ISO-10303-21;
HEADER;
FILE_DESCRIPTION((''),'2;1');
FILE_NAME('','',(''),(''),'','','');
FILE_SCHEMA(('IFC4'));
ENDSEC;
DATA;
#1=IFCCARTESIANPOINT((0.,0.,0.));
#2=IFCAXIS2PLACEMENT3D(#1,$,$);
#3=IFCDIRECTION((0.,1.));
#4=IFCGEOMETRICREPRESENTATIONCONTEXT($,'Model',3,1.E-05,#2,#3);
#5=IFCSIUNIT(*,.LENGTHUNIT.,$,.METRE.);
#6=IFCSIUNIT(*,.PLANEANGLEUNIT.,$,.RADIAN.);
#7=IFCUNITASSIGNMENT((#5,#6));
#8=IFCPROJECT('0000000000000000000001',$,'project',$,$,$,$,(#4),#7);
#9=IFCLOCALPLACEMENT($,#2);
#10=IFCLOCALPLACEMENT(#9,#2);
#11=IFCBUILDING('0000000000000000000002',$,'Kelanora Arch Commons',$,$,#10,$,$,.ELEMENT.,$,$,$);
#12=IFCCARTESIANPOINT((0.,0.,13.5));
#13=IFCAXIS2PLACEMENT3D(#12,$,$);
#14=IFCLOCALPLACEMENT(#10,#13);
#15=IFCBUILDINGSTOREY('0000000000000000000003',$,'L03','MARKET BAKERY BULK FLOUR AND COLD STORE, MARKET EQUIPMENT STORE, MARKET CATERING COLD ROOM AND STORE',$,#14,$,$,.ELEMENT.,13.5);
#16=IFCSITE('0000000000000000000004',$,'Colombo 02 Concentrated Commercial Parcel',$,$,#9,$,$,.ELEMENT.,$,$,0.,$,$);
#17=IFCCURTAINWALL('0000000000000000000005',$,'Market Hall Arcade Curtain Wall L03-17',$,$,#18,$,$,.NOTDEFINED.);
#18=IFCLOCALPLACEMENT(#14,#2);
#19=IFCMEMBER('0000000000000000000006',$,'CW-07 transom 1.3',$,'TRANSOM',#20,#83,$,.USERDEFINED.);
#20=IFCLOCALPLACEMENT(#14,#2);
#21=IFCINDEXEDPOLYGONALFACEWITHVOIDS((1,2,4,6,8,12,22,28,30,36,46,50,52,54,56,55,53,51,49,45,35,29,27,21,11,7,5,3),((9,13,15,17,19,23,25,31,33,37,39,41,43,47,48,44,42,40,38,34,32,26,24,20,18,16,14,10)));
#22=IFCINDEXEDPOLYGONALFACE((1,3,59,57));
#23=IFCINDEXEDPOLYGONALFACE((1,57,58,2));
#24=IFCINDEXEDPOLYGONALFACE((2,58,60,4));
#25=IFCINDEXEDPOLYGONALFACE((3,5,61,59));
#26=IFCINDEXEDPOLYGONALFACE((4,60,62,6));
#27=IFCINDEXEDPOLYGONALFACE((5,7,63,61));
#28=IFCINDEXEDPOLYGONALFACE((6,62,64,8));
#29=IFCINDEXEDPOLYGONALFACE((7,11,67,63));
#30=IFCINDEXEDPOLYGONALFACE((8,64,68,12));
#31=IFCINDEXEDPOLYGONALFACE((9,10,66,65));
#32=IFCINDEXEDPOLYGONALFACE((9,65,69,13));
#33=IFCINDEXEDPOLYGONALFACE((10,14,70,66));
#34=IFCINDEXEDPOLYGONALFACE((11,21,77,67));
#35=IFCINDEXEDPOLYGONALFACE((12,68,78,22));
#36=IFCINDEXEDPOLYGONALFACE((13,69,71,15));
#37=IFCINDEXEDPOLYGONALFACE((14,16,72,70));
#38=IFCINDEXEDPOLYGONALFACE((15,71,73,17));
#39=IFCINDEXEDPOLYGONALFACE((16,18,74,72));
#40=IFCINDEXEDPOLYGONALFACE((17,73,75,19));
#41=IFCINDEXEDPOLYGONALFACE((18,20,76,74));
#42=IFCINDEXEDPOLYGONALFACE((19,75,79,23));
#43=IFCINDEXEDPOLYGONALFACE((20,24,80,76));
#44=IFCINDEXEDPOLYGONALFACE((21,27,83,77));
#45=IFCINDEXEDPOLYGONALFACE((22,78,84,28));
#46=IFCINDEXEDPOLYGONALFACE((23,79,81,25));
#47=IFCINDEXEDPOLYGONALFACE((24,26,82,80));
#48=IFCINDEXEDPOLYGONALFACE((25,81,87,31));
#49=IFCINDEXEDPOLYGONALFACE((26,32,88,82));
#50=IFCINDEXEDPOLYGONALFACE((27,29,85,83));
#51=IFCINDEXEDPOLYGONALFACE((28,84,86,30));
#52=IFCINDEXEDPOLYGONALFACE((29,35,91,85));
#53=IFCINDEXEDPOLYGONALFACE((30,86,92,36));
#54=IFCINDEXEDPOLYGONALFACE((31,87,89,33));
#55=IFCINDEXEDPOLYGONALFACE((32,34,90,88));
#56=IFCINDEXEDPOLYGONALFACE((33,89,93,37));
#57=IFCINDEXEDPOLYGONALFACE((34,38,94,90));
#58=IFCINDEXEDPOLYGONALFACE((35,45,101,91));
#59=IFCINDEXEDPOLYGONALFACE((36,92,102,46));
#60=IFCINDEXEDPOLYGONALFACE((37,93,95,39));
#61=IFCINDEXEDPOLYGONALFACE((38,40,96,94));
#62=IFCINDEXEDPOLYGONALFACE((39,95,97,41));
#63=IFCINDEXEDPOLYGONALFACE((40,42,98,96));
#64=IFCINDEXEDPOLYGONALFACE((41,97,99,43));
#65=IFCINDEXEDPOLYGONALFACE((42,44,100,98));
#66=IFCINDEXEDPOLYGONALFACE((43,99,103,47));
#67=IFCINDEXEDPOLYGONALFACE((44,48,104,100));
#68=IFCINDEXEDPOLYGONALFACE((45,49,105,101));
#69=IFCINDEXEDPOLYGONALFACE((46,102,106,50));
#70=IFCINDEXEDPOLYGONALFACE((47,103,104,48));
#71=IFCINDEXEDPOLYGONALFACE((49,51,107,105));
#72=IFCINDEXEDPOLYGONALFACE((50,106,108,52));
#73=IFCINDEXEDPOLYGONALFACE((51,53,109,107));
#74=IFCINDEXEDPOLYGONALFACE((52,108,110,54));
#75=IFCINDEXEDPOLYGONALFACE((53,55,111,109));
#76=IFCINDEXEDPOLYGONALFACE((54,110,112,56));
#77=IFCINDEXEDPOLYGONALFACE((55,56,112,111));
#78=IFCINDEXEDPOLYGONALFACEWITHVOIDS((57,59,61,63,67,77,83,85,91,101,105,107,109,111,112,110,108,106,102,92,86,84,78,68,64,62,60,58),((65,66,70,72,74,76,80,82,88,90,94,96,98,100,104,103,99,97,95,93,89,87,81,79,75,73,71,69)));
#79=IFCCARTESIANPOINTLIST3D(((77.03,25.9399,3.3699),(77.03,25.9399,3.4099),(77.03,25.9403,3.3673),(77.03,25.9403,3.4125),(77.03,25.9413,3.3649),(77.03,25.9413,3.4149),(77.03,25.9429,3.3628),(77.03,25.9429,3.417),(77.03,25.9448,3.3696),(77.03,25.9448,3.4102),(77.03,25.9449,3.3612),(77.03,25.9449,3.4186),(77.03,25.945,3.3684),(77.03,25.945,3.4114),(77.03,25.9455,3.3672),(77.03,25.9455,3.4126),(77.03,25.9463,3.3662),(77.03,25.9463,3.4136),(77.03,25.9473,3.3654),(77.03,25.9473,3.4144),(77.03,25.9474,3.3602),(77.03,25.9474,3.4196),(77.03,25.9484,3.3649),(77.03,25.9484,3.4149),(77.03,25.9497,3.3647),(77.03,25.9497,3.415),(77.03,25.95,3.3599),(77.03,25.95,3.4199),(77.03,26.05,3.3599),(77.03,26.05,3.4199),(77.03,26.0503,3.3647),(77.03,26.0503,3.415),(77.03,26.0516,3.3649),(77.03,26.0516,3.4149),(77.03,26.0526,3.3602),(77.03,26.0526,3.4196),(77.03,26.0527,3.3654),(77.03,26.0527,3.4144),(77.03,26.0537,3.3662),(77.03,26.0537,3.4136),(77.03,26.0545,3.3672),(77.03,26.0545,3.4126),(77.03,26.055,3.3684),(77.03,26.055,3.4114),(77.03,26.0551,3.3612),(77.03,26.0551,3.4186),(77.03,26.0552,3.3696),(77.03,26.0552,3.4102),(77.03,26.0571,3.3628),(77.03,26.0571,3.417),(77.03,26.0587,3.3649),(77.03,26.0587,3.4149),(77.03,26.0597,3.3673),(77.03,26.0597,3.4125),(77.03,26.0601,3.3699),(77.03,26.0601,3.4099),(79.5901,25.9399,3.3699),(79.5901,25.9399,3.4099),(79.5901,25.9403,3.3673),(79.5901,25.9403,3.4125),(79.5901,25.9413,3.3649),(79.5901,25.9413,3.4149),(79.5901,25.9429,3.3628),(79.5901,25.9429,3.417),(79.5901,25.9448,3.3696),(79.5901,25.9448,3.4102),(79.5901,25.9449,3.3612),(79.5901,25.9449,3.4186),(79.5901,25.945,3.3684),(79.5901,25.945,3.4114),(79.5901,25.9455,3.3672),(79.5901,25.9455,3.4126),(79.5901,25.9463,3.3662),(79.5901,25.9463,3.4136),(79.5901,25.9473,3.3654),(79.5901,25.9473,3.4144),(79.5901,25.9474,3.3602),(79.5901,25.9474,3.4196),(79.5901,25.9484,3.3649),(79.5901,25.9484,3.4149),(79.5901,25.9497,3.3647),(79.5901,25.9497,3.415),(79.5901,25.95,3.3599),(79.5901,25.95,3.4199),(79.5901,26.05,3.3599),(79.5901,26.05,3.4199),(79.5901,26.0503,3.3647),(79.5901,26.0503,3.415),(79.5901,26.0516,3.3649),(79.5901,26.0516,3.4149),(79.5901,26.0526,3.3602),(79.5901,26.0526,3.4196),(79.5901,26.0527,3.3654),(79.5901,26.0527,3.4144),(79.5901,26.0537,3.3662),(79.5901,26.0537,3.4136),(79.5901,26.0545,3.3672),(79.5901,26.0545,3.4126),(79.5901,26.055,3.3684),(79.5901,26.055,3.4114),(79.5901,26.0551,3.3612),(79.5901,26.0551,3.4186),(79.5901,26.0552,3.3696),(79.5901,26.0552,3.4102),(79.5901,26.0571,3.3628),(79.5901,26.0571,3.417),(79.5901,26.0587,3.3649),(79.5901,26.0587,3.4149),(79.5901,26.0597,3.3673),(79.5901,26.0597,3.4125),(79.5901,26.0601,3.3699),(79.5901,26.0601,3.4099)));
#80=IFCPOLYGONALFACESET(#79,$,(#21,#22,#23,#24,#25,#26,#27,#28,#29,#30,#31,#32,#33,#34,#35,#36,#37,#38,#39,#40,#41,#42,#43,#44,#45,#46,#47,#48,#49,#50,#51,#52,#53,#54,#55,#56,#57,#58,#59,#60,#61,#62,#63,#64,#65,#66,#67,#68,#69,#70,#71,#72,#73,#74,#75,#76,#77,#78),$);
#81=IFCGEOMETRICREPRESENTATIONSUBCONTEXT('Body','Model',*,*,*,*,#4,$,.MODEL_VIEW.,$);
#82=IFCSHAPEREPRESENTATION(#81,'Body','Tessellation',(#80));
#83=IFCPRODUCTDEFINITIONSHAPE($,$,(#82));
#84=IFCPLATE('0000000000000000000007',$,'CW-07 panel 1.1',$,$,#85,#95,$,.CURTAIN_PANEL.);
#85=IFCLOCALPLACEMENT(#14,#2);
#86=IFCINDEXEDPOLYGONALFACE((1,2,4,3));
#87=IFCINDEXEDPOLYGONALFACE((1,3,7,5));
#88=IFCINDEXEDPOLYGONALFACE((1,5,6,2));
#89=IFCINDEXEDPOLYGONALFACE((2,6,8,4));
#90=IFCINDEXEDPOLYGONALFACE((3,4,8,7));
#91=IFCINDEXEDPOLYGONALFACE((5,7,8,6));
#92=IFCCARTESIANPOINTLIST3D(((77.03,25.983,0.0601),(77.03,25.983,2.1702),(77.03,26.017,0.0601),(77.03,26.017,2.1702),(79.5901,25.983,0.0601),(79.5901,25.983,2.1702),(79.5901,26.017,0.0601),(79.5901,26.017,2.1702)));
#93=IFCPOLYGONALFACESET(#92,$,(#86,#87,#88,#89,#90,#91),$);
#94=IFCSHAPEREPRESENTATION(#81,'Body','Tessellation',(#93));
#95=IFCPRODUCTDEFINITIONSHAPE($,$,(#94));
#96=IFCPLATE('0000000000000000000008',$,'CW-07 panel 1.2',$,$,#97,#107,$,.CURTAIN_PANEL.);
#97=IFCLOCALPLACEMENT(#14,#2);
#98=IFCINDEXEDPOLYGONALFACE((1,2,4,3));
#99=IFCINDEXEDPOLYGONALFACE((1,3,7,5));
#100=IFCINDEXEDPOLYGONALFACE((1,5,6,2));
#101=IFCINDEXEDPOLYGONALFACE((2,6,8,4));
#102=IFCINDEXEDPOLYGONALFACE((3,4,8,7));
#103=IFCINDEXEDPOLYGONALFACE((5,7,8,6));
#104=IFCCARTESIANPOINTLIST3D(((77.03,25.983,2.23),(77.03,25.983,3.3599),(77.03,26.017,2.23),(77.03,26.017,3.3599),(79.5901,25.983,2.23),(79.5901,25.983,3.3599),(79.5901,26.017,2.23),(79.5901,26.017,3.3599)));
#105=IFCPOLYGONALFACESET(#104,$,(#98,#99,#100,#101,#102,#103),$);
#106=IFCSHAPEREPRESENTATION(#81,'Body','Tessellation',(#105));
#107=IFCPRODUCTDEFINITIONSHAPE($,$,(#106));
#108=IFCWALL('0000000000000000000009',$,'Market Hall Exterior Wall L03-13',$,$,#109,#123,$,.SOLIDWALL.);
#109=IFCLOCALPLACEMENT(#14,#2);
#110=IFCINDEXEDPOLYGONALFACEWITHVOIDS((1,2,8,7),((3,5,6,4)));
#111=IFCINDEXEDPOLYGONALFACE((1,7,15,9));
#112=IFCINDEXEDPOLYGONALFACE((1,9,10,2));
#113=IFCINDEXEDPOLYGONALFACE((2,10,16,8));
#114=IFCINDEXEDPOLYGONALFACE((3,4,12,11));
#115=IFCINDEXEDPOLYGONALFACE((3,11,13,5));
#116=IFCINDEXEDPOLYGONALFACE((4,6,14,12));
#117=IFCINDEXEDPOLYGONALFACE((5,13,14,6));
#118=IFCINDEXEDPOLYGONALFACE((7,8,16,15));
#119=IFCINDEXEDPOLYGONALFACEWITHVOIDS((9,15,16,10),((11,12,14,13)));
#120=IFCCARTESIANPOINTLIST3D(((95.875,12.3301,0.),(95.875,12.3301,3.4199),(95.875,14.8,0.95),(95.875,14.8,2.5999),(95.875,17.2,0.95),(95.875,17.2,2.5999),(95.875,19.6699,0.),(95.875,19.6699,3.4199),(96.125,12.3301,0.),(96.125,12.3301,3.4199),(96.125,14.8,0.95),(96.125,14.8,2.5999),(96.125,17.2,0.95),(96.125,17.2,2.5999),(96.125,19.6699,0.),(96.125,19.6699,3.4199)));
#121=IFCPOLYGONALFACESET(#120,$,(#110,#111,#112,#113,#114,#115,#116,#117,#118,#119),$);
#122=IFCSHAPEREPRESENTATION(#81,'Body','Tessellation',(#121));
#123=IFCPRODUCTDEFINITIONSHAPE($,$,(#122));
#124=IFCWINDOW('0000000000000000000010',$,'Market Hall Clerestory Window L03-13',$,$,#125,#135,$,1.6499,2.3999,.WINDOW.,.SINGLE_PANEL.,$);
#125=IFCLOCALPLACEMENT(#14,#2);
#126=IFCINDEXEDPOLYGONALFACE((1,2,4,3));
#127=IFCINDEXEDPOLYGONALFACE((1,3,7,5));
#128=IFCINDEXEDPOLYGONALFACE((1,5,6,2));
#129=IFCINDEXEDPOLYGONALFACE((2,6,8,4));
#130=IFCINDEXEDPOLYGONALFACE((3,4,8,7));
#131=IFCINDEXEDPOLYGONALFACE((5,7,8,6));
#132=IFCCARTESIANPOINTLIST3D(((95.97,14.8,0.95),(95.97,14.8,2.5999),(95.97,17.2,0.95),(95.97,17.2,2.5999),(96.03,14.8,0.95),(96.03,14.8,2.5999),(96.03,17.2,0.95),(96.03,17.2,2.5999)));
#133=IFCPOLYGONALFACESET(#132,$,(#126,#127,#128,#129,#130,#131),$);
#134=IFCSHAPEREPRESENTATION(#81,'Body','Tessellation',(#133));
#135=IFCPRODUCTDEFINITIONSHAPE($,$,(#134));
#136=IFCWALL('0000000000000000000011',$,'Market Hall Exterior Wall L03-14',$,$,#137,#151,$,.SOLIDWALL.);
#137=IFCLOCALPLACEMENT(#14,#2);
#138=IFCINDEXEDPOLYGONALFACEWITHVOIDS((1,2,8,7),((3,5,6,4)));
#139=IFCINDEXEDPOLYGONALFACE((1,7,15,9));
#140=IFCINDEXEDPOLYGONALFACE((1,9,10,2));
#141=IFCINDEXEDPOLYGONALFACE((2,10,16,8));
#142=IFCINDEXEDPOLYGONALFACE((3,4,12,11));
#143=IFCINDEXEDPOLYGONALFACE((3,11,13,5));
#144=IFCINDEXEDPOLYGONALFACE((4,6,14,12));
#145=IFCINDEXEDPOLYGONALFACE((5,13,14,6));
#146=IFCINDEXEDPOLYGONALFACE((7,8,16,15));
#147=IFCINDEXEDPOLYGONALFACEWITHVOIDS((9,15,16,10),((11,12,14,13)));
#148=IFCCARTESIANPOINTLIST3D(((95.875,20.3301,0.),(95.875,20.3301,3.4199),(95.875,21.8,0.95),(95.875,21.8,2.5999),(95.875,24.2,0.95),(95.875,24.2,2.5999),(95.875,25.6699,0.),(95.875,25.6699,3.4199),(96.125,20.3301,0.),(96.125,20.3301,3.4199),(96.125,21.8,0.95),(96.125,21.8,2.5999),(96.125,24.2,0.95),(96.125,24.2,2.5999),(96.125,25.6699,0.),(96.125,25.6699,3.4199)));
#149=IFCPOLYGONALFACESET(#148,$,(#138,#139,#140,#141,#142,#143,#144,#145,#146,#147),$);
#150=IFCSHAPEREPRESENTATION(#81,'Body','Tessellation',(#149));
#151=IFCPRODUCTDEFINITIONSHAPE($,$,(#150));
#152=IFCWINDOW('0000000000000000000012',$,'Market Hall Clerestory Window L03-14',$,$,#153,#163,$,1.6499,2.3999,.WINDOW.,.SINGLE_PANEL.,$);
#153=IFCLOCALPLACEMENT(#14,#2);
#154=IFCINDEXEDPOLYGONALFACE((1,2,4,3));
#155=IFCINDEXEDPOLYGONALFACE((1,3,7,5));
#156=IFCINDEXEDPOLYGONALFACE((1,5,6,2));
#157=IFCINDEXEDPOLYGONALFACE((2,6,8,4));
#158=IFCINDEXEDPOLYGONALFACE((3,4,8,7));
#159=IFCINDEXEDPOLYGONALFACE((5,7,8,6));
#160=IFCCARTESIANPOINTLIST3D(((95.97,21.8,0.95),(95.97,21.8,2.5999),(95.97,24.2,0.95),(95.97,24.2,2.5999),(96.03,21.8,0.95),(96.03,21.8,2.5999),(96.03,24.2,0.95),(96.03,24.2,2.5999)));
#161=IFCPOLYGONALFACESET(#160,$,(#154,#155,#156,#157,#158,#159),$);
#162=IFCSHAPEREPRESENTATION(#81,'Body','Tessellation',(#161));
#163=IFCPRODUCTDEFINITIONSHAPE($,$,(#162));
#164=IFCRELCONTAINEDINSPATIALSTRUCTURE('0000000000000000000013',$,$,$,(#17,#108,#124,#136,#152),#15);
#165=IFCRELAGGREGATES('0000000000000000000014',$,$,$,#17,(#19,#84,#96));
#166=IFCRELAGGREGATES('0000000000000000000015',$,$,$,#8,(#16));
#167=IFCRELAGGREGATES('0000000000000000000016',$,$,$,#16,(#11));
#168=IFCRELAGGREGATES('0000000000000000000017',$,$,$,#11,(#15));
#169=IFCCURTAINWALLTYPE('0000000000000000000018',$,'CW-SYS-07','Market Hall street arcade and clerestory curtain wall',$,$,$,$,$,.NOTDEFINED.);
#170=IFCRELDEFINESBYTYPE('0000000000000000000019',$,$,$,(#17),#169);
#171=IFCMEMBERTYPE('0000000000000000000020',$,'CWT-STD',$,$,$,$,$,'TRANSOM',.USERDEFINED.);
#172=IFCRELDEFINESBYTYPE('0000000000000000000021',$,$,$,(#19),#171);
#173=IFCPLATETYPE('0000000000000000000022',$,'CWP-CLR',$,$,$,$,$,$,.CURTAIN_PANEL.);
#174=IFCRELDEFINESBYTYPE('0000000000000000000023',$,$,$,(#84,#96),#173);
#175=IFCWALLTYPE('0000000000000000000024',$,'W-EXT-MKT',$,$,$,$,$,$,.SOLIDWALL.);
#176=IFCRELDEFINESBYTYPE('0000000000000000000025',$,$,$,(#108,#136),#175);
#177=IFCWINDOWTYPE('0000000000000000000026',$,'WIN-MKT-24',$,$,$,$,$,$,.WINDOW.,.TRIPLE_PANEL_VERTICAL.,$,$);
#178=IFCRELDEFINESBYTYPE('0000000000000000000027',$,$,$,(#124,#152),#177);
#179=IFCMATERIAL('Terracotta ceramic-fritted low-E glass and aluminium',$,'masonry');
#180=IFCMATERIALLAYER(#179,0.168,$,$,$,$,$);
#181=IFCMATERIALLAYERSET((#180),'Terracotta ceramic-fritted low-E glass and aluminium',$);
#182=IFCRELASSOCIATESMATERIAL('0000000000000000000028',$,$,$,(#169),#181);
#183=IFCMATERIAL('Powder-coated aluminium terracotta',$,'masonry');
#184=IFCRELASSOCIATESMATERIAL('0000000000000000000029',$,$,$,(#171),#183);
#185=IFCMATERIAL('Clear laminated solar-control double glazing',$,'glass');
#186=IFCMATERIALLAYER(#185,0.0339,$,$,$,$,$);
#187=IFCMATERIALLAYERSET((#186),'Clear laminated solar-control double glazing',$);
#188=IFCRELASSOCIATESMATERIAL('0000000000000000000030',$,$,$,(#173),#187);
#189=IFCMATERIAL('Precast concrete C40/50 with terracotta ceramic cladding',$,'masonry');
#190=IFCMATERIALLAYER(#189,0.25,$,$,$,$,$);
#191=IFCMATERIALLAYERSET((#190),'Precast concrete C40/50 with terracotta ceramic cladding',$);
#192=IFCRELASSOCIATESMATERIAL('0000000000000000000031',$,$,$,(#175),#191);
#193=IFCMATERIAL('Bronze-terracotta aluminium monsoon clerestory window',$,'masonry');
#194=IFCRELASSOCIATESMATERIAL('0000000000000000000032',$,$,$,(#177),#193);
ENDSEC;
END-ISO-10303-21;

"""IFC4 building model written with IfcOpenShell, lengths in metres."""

from ifc_helpers import new_model, si_unit, direction, frame, frame_2d, origin, origin_2d, place, context, subcontext, project, spatial, rectangle, hollow_rectangle, extrude, source, transform, mapped, material, layer, layer_set, material_profile, profile_set, type_object, element, fill, aggregate, save


model = new_model("IFC4")

# Units and contexts
model_context = context("Model", 3, precision=1e-05, world=origin(), true_north=direction((0.0, 1.0)))
body_context = subcontext(model_context, "Body", "Model", "MODEL_VIEW")
ifc_project = project(units=[si_unit("LENGTHUNIT", "METRE"), si_unit("PLANEANGLEUNIT", "RADIAN")], contexts=[model_context])

# Site, building, storey
site_placement = place(None, origin())
site = spatial("IfcSite", under=ifc_project, at=site_placement, Name="Colombo 02 Concentrated Commercial Parcel", CompositionType="ELEMENT", RefElevation=0.0)
building_placement = place(site_placement, origin())
building = spatial("IfcBuilding", under=site, at=building_placement, Name="Kelanora Arch Commons", CompositionType="ELEMENT")
storey_placement = place(building_placement, frame((0.0, 0.0, 13.5)))
storey = spatial("IfcBuildingStorey", under=building, at=storey_placement, Name="L03", Description="MARKET BAKERY BULK FLOUR AND COLD STORE, MARKET EQUIPMENT STORE, MARKET CATERING COLD ROOM AND STORE", CompositionType="ELEMENT", Elevation=13.5)

# Curtain wall, member, plates
ifc_material_1 = material(Name="Terracotta ceramic-fritted low-E glass and aluminium", Category="masonry")
ifc_layer_1 = layer(ifc_material_1, 0.168)
ifc_layer_set_1 = layer_set([ifc_layer_1], Name="Terracotta ceramic-fritted low-E glass and aluminium")
curtain_wall_type = type_object("IfcCurtainWallType", Name="CW-SYS-07", Description="Market Hall street arcade and clerestory curtain wall", PredefinedType="NOTDEFINED", material=ifc_layer_set_1)
curtain_wall_placement = place(storey_placement, origin())
curtain_wall = element("IfcCurtainWall", 1, at=curtain_wall_placement, inside=storey, type_object=curtain_wall_type, Name="Market Hall Arcade Curtain Wall L03-17", PredefinedType="NOTDEFINED")
ifc_material_2 = material(Name="Powder-coated aluminium terracotta", Category="masonry")
ifc_material_profile_1 = material_profile(ifc_material_2, hollow_rectangle(XDim=0.1201, YDim=0.0601, WallThickness=0.0049, InnerFilletRadius=0.0049, OuterFilletRadius=0.01, at=origin_2d()), Name="CWT120x60")
ifc_profile_set_1 = profile_set([ifc_material_profile_1], Name="Powder-coated aluminium terracotta")
member_type_1 = type_object("IfcMemberType", Name="CWT-STD", ElementType="TRANSOM", PredefinedType="USERDEFINED", material=ifc_profile_set_1)
member_1_placement = place(storey_placement, frame((79.5901, 26.0, 3.3899), z_axis=(-1.0, 0.0, 0.0), x_axis=(0.0, -1.0, 0.0)))
member_1 = element("IfcMember", 2, at=member_1_placement, type_object=member_type_1, Name="CW-07 transom 1.3", ObjectType="TRANSOM", PredefinedType="USERDEFINED", context=body_context, shape_type="SweptSolid", body=[
    extrude(hollow_rectangle(XDim=0.1201, YDim=0.0601, WallThickness=0.0049, InnerFilletRadius=0.0049, OuterFilletRadius=0.01, at=origin_2d()), origin(), (0.0, 0.0, 1.0), 2.5601),
])
ifc_material_3 = material(Name="Clear laminated solar-control double glazing", Category="glass")
ifc_layer_2 = layer(ifc_material_3, 0.0339)
ifc_layer_set_2 = layer_set([ifc_layer_2], Name="Clear laminated solar-control double glazing")
plate_type = type_object("IfcPlateType", Name="CWP-CLR", PredefinedType="CURTAIN_PANEL", material=ifc_layer_set_2)
shared_shape_1 = source(origin(), body_context, "Body", "SweptSolid", [
    extrude(rectangle(XDim=2.5601, YDim=0.0339, at=origin_2d()), origin(), (0.0, 0.0, 1.0), 2.1101),
])
plate_1_placement = place(storey_placement, frame((78.3101, 26.0, 0.0601), z_axis=(0.0, 0.0, 1.0), x_axis=(-1.0, 0.0, 0.0)))
plate_1 = element("IfcPlate", 3, at=plate_1_placement, type_object=plate_type, Name="CW-07 panel 1.1", PredefinedType="CURTAIN_PANEL", context=body_context, shape_type="MappedRepresentation", body=[
    mapped(shared_shape_1, transform((0.0, 0.0, 0.0), scale=1.0)),
])
shared_shape_2 = source(origin(), body_context, "Body", "SweptSolid", [
    extrude(rectangle(XDim=2.5601, YDim=0.0339, at=origin_2d()), origin(), (0.0, 0.0, 1.0), 1.1299),
])
plate_2_placement = place(storey_placement, frame((78.3101, 26.0, 2.23), z_axis=(0.0, 0.0, 1.0), x_axis=(-1.0, 0.0, 0.0)))
plate_2 = element("IfcPlate", 4, at=plate_2_placement, type_object=plate_type, Name="CW-07 panel 1.2", PredefinedType="CURTAIN_PANEL", context=body_context, shape_type="MappedRepresentation", body=[
    mapped(shared_shape_2, transform((0.0, 0.0, 0.0), scale=1.0)),
])
aggregate(curtain_wall, [member_1, plate_1, plate_2])

# Walls, openings, windows
ifc_material_4 = material(Name="Precast concrete C40/50 with terracotta ceramic cladding", Category="masonry")
ifc_layer_3 = layer(ifc_material_4, 0.25)
ifc_layer_set_3 = layer_set([ifc_layer_3], Name="Precast concrete C40/50 with terracotta ceramic cladding")
wall_type_1 = type_object("IfcWallType", Name="W-EXT-MKT", PredefinedType="SOLIDWALL", material=ifc_layer_set_3)
wall_1_placement = place(storey_placement, frame((96.0, 12.3301, 0.0), z_axis=(0.0, 0.0, 1.0), x_axis=(0.0, 1.0, 0.0)))
wall_1 = element("IfcWall", 5, at=wall_1_placement, inside=storey, type_object=wall_type_1, Name="Market Hall Exterior Wall L03-13", PredefinedType="SOLIDWALL", context=body_context, shape_type="SweptSolid", body=[
    extrude(rectangle(XDim=7.3398, YDim=0.25, at=frame_2d((3.6699, 0.0))), origin(), (0.0, 0.0, 1.0), 3.4199),
])
opening_1_placement = place(wall_1_placement, frame((2.47, 0.0, 0.95)))
opening_1 = element("IfcOpeningElement", 6, at=opening_1_placement, cuts=wall_1, PredefinedType="OPENING", context=body_context, shape_type="SweptSolid", body=[
    extrude(rectangle(XDim=2.3999, YDim=1.6499, at=frame_2d((1.2, 0.825))), frame((0.0, 0.135, 0.0), z_axis=(0.0, -1.0, 0.0), x_axis=(1.0, 0.0, 0.0)), (0.0, 0.0, 1.0), 0.27),
])
ifc_material_5 = material(Name="Bronze-terracotta aluminium monsoon clerestory window", Category="masonry")
window_type = type_object("IfcWindowType", Name="WIN-MKT-24", PartitioningType="TRIPLE_PANEL_VERTICAL", PredefinedType="WINDOW", material=ifc_material_5)
window_1_placement = place(opening_1_placement, origin())
window_1 = element("IfcWindow", 7, at=window_1_placement, inside=storey, type_object=window_type, Name="Market Hall Clerestory Window L03-13", OverallHeight=1.6499, OverallWidth=2.3999, PartitioningType="SINGLE_PANEL", PredefinedType="WINDOW", context=body_context, shape_type="SweptSolid", body=[
    extrude(rectangle(XDim=2.3999, YDim=1.6499, at=frame_2d((1.2, 0.825))), frame((0.0, 0.03, 0.0), z_axis=(0.0, -1.0, 0.0), x_axis=(1.0, 0.0, 0.0)), (0.0, 0.0, 1.0), 0.0601),
])
fill(opening_1, window_1)
wall_2_placement = place(storey_placement, frame((96.0, 20.3301, 0.0), z_axis=(0.0, 0.0, 1.0), x_axis=(0.0, 1.0, 0.0)))
wall_2 = element("IfcWall", 8, at=wall_2_placement, inside=storey, type_object=wall_type_1, Name="Market Hall Exterior Wall L03-14", PredefinedType="SOLIDWALL", context=body_context, shape_type="SweptSolid", body=[
    extrude(rectangle(XDim=5.3398, YDim=0.25, at=frame_2d((2.6699, 0.0))), origin(), (0.0, 0.0, 1.0), 3.4199),
])
opening_2_placement = place(wall_2_placement, frame((1.47, 0.0, 0.95)))
opening_2 = element("IfcOpeningElement", 9, at=opening_2_placement, cuts=wall_2, PredefinedType="OPENING", context=body_context, shape_type="SweptSolid", body=[
    extrude(rectangle(XDim=2.3999, YDim=1.6499, at=frame_2d((1.2, 0.825))), frame((0.0, 0.135, 0.0), z_axis=(0.0, -1.0, 0.0), x_axis=(1.0, 0.0, 0.0)), (0.0, 0.0, 1.0), 0.27),
])
window_2_placement = place(opening_2_placement, origin())
window_2 = element("IfcWindow", 10, at=window_2_placement, inside=storey, type_object=window_type, Name="Market Hall Clerestory Window L03-14", OverallHeight=1.6499, OverallWidth=2.3999, PartitioningType="SINGLE_PANEL", PredefinedType="WINDOW", context=body_context, shape_type="SweptSolid", body=[
    extrude(rectangle(XDim=2.3999, YDim=1.6499, at=frame_2d((1.2, 0.825))), frame((0.0, 0.03, 0.0), z_axis=(0.0, -1.0, 0.0), x_axis=(1.0, 0.0, 0.0)), (0.0, 0.0, 1.0), 0.0601),
])
fill(opening_2, window_2)

save(model, "model.ifc")
